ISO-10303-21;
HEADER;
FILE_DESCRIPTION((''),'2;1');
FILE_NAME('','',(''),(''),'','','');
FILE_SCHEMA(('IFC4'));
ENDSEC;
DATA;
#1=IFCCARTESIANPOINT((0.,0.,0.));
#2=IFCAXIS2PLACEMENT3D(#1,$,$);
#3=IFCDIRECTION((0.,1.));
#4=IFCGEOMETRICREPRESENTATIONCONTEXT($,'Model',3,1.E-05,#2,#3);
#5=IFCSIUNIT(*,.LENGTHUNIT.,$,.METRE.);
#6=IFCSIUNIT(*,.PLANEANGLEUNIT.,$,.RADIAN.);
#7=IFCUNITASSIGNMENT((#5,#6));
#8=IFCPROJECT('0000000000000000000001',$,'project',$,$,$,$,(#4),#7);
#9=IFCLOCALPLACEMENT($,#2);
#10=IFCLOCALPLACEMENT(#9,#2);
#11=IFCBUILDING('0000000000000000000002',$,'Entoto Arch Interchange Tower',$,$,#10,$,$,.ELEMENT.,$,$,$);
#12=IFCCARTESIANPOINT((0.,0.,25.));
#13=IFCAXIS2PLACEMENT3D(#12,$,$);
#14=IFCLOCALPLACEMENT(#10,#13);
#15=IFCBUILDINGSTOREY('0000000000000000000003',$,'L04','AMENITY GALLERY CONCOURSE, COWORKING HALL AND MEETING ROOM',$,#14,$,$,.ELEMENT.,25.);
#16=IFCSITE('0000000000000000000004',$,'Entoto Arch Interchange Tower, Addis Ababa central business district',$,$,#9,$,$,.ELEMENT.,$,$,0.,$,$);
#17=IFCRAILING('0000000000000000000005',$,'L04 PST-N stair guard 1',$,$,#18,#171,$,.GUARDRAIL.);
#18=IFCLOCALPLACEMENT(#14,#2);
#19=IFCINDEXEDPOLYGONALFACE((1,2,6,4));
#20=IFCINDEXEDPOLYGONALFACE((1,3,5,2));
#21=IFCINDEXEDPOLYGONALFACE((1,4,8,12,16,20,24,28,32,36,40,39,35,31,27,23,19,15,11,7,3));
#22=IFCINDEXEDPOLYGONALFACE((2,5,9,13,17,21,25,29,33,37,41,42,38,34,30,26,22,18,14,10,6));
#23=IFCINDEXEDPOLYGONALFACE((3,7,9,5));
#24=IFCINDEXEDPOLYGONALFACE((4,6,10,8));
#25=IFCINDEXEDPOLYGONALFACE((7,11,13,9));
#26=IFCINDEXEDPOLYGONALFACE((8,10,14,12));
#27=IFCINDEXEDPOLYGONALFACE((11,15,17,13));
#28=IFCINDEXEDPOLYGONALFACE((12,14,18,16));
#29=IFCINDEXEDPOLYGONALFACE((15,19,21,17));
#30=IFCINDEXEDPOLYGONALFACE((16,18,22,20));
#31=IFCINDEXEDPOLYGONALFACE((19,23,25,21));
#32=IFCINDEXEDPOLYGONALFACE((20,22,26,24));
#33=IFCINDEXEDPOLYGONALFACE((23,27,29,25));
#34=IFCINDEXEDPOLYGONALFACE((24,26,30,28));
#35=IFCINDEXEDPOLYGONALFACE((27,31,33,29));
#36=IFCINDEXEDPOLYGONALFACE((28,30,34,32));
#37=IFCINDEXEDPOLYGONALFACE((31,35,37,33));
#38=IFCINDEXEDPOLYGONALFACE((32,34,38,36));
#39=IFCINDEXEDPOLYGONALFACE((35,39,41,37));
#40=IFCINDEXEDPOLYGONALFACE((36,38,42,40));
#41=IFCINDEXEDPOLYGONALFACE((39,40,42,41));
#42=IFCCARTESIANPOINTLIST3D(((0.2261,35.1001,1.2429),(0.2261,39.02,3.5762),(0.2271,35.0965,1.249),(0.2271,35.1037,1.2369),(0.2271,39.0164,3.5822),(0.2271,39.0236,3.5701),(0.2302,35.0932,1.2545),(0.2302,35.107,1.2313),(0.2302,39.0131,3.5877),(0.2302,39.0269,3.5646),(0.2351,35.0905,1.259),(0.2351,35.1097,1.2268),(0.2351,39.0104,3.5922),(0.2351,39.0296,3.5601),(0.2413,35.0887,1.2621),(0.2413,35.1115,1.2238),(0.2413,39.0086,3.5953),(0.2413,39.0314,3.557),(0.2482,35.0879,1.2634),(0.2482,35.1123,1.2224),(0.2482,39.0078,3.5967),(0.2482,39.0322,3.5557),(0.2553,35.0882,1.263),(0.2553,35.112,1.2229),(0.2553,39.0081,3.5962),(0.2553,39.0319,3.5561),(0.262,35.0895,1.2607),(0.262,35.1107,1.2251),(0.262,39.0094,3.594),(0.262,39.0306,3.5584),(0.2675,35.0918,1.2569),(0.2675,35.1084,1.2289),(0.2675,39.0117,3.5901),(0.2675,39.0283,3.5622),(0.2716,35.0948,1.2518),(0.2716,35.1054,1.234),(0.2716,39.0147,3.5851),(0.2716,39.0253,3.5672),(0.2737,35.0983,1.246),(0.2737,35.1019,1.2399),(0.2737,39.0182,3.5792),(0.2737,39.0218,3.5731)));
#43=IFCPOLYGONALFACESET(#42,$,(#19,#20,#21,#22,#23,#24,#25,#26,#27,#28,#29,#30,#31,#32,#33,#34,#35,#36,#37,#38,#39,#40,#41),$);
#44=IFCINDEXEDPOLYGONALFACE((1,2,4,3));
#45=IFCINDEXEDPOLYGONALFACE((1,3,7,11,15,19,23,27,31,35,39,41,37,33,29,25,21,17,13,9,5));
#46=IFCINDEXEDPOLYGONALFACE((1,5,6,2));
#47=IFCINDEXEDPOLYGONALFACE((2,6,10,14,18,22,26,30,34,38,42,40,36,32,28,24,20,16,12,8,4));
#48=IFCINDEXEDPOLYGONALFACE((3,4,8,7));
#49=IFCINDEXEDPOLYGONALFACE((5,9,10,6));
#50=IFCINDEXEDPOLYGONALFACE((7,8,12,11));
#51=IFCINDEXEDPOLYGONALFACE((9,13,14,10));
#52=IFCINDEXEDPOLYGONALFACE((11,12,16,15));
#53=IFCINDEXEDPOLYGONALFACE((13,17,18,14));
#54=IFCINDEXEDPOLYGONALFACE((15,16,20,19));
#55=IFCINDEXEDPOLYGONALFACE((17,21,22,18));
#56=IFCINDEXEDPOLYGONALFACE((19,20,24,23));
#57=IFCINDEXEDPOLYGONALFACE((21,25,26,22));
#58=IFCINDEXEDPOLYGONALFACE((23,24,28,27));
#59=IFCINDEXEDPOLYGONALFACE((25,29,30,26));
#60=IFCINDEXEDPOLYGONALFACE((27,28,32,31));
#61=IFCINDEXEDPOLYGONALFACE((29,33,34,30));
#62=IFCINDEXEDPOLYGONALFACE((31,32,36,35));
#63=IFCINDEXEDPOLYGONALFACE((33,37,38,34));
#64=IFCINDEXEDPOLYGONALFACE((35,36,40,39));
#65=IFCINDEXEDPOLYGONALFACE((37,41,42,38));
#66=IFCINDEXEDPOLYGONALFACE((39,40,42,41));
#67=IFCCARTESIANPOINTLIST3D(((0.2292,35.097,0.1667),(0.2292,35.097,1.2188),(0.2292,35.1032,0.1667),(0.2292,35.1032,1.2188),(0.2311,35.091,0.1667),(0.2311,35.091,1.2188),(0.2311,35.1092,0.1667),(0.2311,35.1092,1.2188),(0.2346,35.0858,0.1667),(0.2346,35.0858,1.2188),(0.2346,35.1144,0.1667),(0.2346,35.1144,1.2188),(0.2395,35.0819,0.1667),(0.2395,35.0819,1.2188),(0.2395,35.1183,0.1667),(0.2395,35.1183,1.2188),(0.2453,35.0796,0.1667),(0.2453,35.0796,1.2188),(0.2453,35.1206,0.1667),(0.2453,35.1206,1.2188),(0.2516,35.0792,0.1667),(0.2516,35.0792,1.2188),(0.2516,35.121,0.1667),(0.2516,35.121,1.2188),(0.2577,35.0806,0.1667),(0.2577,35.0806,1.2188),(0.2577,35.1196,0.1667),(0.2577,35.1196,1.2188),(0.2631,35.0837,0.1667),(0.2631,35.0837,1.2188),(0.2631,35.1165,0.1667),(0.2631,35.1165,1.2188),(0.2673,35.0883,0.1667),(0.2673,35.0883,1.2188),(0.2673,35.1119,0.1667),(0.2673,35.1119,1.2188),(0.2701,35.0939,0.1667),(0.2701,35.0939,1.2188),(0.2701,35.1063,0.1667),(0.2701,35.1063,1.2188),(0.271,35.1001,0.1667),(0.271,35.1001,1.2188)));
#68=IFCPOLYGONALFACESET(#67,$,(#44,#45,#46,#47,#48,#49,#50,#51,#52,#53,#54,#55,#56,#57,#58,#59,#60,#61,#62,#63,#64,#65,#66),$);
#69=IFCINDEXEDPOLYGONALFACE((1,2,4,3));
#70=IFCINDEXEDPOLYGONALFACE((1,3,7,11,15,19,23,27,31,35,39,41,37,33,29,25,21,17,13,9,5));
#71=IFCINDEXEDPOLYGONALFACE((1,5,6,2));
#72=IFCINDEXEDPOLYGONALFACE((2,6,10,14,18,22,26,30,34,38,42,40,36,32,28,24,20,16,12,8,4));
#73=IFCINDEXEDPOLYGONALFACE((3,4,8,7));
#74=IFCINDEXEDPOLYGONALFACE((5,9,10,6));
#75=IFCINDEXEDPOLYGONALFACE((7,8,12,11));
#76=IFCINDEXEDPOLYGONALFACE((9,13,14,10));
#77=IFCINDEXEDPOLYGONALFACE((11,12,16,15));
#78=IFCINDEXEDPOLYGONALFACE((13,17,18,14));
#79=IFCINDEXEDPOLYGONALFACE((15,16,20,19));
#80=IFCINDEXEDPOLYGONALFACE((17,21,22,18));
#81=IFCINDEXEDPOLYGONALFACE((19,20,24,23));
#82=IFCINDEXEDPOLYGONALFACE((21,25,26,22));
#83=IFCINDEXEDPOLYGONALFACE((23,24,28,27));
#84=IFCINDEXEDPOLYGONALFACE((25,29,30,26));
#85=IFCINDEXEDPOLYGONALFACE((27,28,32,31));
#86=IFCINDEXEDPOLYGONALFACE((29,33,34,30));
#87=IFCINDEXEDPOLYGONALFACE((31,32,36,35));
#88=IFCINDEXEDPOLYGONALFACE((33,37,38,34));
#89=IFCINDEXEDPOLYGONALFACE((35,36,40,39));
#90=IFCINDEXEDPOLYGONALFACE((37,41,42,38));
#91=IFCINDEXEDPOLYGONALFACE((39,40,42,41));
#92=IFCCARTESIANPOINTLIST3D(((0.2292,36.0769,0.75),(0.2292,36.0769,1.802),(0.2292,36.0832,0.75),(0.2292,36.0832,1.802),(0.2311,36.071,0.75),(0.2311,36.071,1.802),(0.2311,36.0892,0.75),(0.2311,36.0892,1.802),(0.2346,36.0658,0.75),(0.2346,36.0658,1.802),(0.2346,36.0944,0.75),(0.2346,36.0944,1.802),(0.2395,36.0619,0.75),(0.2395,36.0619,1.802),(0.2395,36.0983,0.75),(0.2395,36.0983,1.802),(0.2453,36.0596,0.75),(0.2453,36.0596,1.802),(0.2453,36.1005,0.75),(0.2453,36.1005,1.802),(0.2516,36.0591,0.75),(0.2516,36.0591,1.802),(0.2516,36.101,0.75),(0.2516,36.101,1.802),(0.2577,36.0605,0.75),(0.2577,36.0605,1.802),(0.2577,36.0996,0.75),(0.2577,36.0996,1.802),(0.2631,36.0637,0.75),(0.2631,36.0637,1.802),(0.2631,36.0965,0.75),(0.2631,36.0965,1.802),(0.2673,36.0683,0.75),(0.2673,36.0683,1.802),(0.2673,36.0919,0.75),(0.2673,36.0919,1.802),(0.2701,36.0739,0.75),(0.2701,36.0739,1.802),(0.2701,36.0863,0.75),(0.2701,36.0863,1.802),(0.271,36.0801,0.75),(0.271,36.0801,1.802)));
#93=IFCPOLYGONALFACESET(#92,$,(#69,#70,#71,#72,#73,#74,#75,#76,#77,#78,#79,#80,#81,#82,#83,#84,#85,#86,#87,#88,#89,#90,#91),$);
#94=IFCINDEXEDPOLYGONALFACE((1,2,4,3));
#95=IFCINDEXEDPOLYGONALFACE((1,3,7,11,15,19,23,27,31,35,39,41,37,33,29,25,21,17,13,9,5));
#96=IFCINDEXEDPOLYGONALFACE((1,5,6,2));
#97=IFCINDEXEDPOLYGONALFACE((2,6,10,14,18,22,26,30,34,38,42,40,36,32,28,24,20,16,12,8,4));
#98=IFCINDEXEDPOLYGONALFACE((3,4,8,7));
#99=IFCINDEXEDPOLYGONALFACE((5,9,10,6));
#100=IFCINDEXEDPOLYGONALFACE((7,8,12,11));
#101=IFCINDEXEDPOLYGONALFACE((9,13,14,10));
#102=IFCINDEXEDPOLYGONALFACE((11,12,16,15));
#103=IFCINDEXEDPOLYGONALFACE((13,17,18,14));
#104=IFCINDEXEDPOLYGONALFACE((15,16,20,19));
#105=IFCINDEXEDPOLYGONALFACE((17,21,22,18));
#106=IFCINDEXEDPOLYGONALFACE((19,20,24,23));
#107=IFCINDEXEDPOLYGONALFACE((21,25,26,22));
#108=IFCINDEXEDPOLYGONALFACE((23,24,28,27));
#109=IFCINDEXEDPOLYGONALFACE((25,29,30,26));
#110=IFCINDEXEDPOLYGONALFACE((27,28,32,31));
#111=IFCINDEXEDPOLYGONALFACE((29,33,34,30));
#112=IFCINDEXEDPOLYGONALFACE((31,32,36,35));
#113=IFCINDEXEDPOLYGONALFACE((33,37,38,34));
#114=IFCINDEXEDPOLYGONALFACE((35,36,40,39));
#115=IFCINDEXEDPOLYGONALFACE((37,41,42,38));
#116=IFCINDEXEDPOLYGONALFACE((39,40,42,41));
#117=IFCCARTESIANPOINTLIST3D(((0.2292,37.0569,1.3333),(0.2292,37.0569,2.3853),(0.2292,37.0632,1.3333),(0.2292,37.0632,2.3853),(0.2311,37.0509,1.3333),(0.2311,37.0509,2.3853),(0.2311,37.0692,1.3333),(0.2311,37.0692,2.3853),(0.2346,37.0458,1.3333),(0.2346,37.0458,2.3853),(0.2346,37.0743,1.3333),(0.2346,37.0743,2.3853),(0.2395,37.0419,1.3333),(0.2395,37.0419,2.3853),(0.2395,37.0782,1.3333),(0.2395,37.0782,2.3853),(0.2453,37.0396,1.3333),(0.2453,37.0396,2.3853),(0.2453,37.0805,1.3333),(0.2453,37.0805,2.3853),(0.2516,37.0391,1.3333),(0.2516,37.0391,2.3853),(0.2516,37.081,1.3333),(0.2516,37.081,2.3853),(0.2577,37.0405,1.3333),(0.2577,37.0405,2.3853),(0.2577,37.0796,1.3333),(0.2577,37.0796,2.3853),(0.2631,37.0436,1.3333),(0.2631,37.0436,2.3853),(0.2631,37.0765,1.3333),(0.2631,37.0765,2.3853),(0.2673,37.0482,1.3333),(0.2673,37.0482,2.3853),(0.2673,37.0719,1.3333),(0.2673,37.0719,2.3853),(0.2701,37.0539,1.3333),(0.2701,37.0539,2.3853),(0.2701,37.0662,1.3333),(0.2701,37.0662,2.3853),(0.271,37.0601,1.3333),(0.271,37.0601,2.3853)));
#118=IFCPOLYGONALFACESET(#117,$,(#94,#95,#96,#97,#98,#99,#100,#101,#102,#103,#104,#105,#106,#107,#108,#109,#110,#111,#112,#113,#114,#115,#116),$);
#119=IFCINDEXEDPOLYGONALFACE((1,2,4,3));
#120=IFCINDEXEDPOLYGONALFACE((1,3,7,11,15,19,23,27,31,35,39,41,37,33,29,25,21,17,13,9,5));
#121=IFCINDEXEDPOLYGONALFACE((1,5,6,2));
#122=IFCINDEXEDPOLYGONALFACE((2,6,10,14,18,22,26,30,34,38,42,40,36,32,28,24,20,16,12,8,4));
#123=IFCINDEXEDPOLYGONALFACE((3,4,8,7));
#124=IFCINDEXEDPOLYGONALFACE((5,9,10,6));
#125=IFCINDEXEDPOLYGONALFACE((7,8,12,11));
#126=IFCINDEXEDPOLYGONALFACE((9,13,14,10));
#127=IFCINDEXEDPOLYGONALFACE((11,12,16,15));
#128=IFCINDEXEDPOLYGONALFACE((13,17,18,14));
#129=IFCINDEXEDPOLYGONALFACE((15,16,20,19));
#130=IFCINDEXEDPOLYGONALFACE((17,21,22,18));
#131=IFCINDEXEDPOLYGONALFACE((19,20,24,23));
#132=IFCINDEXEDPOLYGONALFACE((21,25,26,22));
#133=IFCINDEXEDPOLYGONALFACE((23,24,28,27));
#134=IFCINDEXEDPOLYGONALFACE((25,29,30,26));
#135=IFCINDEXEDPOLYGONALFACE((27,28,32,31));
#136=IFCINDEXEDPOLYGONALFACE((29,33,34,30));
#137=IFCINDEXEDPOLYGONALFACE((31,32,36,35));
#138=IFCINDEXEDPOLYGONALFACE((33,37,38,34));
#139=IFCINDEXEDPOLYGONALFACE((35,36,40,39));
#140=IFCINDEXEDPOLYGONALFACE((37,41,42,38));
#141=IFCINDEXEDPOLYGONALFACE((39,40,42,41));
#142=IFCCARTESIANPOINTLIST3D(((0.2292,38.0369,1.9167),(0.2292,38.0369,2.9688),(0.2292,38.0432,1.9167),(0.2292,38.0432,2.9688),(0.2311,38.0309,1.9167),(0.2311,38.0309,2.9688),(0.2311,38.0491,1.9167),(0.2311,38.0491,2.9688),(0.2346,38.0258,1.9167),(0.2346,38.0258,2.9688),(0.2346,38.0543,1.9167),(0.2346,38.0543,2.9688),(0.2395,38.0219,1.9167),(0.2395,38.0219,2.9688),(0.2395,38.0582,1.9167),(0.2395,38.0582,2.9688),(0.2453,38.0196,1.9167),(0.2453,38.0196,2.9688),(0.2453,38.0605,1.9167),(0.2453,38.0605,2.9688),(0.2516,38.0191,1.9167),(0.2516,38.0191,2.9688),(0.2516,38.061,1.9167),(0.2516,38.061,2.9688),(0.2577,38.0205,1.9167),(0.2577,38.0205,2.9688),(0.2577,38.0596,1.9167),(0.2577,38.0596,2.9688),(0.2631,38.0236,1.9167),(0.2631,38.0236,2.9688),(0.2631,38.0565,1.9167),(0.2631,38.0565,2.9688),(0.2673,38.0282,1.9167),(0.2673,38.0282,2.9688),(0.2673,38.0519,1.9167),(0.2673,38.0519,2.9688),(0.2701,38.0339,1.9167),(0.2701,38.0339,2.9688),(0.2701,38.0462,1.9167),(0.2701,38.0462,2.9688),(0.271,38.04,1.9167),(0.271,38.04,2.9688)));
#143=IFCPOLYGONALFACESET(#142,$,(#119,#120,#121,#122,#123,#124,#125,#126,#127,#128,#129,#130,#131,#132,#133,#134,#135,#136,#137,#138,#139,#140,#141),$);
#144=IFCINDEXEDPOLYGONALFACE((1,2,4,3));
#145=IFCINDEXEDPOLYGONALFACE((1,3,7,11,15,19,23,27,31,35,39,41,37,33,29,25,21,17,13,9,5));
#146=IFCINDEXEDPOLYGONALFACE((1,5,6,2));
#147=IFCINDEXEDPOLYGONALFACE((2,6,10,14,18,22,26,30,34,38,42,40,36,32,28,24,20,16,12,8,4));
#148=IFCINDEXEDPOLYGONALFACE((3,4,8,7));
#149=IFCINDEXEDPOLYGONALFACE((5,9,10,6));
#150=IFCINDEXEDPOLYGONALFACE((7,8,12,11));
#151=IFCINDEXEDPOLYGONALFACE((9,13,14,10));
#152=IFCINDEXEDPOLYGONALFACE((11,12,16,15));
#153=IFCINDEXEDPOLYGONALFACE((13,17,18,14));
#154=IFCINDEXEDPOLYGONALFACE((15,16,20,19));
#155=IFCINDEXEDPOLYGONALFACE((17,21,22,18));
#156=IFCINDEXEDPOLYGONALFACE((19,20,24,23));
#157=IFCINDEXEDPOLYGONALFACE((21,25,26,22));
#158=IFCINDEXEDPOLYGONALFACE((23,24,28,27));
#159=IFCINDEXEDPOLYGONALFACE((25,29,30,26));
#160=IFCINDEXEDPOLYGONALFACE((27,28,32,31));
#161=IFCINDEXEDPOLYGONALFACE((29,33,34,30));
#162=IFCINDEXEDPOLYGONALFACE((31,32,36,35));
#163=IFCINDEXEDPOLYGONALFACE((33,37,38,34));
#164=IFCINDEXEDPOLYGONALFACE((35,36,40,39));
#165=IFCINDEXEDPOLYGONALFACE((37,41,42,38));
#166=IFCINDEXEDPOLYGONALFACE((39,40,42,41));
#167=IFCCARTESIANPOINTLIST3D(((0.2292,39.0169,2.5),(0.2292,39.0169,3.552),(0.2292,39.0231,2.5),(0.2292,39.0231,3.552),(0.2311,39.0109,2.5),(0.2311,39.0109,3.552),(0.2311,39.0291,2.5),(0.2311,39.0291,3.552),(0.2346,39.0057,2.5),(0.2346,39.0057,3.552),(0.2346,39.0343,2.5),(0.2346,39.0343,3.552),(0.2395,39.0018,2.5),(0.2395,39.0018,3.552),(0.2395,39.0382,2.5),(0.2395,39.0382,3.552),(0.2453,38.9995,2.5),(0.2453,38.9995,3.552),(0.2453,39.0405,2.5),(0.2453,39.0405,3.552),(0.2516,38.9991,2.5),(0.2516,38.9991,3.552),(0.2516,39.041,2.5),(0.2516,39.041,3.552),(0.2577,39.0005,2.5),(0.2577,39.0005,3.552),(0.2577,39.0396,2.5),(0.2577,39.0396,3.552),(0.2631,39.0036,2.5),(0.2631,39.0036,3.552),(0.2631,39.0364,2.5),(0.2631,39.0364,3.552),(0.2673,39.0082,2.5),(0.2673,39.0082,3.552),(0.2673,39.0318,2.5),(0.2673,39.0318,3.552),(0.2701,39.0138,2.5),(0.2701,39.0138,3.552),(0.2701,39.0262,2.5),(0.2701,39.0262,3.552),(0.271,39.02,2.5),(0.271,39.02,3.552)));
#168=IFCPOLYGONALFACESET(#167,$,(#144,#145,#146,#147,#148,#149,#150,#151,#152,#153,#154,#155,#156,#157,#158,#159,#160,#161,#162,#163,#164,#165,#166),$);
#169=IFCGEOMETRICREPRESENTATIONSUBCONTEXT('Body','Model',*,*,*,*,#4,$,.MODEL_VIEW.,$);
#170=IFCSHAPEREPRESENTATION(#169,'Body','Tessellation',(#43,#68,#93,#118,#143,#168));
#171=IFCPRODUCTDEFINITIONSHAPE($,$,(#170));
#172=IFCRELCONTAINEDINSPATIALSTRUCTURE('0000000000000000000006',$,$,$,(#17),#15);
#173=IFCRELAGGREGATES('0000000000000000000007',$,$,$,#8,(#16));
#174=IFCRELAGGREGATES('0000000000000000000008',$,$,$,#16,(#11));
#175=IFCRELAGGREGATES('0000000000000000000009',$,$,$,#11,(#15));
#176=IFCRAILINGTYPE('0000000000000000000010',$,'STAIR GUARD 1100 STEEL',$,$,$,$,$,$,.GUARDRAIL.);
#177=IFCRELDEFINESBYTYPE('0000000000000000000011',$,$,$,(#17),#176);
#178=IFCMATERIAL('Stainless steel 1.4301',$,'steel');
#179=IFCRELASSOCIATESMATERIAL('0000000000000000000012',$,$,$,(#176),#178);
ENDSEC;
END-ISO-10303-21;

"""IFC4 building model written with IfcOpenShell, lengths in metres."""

from ifc_helpers import new_model, si_unit, direction, frame, origin, origin_2d, place, context, subcontext, project, spatial, circle, extrude, material, type_object, element, save


model = new_model("IFC4")

# Units and contexts
model_context = context("Model", 3, precision=1e-05, world=origin(), true_north=direction((0.0, 1.0)))
body_context = subcontext(model_context, "Body", "Model", "MODEL_VIEW")
ifc_project = project(units=[si_unit("LENGTHUNIT", "METRE"), si_unit("PLANEANGLEUNIT", "RADIAN")], contexts=[model_context])

# Site, building, storey
site_placement = place(None, origin())
site = spatial("IfcSite", under=ifc_project, at=site_placement, Name="Entoto Arch Interchange Tower, Addis Ababa central business district", CompositionType="ELEMENT", RefElevation=0.0)
building_placement = place(site_placement, origin())
building = spatial("IfcBuilding", under=site, at=building_placement, Name="Entoto Arch Interchange Tower", CompositionType="ELEMENT")
storey_placement = place(building_placement, frame((0.0, 0.0, 25.0)))
storey = spatial("IfcBuildingStorey", under=building, at=storey_placement, Name="L04", Description="AMENITY GALLERY CONCOURSE, COWORKING HALL AND MEETING ROOM", CompositionType="ELEMENT", Elevation=25.0)

# Railing
ifc_material_1 = material(Name="Stainless steel 1.4301", Category="steel")
railing_type_1 = type_object("IfcRailingType", Name="STAIR GUARD 1100 STEEL", PredefinedType="GUARDRAIL", material=ifc_material_1)
railing_1_placement = place(storey_placement, frame((0.25, 35.1001, 0.1667)))
element("IfcRailing", 1, at=railing_1_placement, inside=storey, type_object=railing_type_1, Name="L04 PST-N stair guard 1", PredefinedType="GUARDRAIL", context=body_context, shape_type="SweptSolid", body=[
    extrude(circle(Radius=0.0239, at=origin_2d()), frame((0.0, 0.0, 1.0762), z_axis=(0.0, 0.859296, 0.511478), x_axis=(-1.0, 0.0, 0.0)), (0.0, 0.0, 1.0), 4.5618),
    extrude(circle(Radius=0.021, at=origin_2d()), origin(), (0.0, 0.0, 1.0), 1.052),
    extrude(circle(Radius=0.021, at=origin_2d()), frame((0.0, 0.98, 0.5833)), (0.0, 0.0, 1.0), 1.052),
    extrude(circle(Radius=0.021, at=origin_2d()), frame((0.0, 1.96, 1.1665)), (0.0, 0.0, 1.0), 1.052),
    extrude(circle(Radius=0.021, at=origin_2d()), frame((0.0, 2.9399, 1.75)), (0.0, 0.0, 1.0), 1.052),
    extrude(circle(Radius=0.021, at=origin_2d()), frame((0.0, 3.9199, 2.3333)), (0.0, 0.0, 1.0), 1.052),
])

save(model, "model.ifc")
